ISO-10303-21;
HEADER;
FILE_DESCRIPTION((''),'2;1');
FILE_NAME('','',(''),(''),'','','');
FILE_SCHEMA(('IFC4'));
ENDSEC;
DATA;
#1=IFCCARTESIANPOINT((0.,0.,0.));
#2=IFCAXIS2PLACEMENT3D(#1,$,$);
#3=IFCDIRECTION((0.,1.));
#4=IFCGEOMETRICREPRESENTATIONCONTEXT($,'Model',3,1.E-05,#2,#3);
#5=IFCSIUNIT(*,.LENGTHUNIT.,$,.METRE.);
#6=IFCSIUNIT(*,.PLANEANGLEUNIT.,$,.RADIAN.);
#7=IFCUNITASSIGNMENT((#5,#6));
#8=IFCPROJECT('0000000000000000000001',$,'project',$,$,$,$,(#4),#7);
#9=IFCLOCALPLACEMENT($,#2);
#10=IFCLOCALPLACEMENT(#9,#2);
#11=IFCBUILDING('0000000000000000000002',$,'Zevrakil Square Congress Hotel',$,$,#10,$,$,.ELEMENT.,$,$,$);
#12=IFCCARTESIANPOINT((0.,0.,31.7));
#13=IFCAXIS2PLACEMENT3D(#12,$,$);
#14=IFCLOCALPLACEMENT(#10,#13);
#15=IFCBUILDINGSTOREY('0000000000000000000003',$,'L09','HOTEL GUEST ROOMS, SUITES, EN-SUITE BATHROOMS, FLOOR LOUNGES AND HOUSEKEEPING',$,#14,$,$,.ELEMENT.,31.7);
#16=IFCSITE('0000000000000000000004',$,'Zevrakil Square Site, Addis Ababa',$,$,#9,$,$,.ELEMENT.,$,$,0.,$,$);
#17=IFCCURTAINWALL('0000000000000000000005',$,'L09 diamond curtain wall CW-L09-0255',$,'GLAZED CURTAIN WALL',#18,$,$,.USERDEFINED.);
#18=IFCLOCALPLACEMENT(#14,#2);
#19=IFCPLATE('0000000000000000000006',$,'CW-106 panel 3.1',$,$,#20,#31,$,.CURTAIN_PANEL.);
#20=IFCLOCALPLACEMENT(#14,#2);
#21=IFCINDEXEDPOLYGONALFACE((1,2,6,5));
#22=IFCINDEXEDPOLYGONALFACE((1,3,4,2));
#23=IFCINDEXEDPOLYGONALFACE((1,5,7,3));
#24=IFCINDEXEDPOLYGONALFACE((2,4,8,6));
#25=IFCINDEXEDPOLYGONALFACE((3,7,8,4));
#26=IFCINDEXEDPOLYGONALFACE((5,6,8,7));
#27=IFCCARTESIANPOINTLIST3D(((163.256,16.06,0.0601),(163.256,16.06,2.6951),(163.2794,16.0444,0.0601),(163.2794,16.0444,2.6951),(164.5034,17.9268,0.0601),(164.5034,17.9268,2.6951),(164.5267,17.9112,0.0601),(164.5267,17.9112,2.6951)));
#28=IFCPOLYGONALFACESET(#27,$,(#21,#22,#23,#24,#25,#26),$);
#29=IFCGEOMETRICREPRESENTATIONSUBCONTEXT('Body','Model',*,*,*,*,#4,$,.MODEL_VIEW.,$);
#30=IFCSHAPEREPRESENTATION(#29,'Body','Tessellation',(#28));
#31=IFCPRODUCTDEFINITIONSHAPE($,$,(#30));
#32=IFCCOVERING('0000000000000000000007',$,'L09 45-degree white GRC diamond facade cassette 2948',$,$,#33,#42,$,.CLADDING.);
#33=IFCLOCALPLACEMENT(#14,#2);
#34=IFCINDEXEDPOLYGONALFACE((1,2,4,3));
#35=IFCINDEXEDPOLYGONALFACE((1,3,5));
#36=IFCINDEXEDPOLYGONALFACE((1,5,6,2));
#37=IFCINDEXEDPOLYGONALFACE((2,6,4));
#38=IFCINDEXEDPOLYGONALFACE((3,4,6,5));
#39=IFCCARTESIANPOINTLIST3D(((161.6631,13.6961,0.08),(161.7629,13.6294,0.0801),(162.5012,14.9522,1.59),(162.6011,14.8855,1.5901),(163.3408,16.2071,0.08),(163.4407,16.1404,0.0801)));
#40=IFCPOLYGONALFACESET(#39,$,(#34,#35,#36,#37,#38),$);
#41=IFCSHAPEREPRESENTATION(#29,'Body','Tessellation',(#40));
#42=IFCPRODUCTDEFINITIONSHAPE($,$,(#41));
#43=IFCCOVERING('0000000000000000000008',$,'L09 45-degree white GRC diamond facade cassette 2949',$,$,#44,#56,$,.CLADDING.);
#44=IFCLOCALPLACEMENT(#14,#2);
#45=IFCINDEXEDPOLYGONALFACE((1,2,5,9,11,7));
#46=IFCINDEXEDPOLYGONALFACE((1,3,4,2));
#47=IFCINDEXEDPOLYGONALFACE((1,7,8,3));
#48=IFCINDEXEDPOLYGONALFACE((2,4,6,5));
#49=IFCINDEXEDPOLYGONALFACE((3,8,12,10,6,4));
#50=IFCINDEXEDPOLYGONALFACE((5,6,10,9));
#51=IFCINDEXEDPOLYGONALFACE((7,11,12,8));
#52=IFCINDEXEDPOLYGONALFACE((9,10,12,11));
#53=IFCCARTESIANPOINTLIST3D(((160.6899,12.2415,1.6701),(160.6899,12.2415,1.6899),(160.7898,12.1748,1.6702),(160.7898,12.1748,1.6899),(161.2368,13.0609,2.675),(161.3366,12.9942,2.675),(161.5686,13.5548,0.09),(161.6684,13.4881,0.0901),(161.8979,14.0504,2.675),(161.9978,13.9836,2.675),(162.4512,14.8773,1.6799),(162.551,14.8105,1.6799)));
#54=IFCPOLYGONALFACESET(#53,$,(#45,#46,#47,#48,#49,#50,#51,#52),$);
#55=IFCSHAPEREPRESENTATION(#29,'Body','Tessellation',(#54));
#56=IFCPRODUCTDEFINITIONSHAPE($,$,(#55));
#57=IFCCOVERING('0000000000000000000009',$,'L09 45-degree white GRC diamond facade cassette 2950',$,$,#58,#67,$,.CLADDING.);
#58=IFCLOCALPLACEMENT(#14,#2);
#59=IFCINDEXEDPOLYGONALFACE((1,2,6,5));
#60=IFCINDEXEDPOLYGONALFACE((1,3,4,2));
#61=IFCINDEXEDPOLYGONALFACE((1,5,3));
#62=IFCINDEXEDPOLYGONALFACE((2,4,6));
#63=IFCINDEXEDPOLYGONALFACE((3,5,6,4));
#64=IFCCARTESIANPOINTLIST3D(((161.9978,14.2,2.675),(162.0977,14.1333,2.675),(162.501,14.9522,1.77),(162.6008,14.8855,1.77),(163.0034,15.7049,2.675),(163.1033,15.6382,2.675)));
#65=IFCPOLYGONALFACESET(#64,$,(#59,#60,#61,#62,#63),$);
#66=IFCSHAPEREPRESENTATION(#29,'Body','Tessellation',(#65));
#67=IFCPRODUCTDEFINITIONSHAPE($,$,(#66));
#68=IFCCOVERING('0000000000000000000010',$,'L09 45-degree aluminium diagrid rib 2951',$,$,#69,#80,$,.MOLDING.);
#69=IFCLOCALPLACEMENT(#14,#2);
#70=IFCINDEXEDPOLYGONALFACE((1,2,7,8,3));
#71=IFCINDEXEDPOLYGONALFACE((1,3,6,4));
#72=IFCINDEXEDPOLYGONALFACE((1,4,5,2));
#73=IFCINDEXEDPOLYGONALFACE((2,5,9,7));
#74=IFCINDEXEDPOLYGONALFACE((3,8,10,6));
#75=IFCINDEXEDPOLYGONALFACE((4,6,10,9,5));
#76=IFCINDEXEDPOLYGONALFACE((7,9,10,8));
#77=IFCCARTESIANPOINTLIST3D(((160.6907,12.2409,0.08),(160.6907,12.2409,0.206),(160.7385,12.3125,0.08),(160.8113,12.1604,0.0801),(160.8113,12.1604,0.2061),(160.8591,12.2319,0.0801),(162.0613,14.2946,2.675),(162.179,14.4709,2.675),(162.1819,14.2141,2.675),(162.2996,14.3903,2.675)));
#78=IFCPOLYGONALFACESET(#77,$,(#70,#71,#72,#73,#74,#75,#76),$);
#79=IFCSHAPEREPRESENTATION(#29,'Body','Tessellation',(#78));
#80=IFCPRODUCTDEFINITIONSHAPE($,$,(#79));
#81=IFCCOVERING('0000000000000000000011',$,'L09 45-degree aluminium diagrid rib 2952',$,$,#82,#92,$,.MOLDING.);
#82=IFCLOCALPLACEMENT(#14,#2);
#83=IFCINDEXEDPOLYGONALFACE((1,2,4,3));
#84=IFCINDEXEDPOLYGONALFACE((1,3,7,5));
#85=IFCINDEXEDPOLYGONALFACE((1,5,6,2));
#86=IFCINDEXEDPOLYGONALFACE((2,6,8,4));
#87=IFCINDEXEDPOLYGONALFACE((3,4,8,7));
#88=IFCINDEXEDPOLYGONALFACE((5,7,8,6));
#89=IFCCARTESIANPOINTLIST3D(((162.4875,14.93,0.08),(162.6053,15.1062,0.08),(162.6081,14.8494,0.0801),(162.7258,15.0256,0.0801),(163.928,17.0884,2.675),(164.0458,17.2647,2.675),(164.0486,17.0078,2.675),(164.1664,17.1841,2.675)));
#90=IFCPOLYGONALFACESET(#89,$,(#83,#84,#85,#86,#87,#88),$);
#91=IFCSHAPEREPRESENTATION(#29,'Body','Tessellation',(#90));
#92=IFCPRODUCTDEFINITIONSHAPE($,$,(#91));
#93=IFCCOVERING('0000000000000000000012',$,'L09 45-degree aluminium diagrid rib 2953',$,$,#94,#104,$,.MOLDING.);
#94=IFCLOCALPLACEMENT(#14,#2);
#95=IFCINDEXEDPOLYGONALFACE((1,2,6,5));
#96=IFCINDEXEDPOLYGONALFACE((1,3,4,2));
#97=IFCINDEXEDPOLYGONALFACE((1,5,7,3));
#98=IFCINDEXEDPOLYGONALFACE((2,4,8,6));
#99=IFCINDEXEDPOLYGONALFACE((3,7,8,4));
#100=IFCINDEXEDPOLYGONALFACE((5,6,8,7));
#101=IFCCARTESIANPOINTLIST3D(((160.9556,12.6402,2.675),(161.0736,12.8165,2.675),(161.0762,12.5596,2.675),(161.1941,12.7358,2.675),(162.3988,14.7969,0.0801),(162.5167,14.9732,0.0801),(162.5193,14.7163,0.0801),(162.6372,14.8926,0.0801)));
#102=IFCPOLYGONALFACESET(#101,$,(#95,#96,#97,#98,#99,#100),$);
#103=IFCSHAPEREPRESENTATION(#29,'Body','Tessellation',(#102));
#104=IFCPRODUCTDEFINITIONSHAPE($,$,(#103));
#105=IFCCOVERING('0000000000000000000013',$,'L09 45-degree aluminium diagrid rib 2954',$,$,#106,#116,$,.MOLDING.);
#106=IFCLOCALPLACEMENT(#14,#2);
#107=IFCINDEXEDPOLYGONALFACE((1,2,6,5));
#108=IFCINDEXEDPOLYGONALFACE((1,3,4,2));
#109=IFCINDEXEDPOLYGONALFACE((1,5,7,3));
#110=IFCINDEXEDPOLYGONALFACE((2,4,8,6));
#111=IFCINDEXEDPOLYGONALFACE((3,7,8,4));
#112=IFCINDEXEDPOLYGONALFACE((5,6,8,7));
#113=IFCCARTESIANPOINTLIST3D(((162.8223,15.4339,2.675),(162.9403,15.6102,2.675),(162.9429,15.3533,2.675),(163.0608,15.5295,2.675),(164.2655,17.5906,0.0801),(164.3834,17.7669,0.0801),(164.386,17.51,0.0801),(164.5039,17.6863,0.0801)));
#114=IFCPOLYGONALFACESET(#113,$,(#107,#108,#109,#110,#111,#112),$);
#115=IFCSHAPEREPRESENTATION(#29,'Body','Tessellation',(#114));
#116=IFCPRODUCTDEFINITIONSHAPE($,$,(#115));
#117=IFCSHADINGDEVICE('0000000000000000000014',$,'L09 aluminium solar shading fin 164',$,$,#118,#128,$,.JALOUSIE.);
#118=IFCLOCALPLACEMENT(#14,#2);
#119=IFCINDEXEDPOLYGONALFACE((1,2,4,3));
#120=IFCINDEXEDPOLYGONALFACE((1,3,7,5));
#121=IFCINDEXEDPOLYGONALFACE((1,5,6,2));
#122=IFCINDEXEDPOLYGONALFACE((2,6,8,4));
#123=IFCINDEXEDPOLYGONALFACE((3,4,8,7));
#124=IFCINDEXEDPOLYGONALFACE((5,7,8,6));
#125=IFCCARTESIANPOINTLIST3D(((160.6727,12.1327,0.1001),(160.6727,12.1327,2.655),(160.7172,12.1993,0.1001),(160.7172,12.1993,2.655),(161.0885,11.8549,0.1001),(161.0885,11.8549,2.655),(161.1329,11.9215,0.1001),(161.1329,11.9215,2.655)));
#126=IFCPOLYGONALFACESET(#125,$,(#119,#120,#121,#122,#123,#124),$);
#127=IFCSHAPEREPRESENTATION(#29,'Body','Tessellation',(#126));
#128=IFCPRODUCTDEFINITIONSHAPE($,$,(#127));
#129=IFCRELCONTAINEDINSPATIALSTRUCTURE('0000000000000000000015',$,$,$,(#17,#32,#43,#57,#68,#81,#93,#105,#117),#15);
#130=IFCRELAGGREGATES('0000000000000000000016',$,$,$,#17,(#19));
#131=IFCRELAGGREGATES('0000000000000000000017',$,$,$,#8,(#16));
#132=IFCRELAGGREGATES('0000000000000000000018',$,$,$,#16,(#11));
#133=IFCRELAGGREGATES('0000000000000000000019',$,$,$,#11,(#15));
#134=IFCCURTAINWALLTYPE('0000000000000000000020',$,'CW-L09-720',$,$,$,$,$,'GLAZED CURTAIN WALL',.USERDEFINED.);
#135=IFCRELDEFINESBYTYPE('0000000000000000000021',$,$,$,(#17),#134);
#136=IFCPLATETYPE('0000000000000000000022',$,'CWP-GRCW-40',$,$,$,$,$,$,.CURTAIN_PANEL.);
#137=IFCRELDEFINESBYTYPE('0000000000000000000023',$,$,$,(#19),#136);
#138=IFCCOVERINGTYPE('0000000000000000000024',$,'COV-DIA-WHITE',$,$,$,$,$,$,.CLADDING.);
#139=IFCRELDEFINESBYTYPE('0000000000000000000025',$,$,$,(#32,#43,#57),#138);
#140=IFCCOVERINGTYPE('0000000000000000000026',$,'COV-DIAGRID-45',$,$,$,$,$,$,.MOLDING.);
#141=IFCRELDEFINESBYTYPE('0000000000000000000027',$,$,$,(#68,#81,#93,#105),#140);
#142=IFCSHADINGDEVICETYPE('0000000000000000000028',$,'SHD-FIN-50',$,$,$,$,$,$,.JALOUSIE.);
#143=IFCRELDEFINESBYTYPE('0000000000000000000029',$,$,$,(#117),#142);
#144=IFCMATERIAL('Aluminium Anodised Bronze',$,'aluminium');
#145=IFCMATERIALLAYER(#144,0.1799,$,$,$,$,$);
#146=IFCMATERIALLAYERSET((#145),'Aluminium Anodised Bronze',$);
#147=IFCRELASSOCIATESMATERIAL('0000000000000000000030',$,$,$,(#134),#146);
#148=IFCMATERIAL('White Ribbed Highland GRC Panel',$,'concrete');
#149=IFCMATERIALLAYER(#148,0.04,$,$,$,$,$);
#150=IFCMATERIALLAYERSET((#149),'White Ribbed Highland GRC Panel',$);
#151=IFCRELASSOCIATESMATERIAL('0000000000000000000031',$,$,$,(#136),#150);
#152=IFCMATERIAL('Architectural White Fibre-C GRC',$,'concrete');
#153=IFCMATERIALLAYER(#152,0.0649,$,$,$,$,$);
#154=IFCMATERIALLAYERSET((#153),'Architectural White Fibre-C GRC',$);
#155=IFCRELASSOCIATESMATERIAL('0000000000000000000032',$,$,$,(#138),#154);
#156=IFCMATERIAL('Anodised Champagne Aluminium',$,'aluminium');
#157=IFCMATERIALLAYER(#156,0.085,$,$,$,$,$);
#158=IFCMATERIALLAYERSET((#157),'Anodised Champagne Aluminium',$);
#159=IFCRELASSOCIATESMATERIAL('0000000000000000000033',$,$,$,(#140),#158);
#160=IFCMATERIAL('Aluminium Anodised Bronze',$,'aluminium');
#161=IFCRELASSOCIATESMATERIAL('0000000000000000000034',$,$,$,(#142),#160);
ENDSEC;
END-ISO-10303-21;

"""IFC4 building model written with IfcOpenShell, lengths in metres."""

from ifc_helpers import new_model, si_unit, direction, frame, origin, origin_2d, place, context, subcontext, project, spatial, polyline, rectangle, outline, extrude, material, layer, layer_set, type_object, element, aggregate, save


model = new_model("IFC4")

# Units and contexts
model_context = context("Model", 3, precision=1e-05, world=origin(), true_north=direction((0.0, 1.0)))
body_context = subcontext(model_context, "Body", "Model", "MODEL_VIEW")
ifc_project = project(units=[si_unit("LENGTHUNIT", "METRE"), si_unit("PLANEANGLEUNIT", "RADIAN")], contexts=[model_context])

# Site, building, storey
site_placement = place(None, origin())
site = spatial("IfcSite", under=ifc_project, at=site_placement, Name="Zevrakil Square Site, Addis Ababa", CompositionType="ELEMENT", RefElevation=0.0)
building_placement = place(site_placement, origin())
building = spatial("IfcBuilding", under=site, at=building_placement, Name="Zevrakil Square Congress Hotel", CompositionType="ELEMENT")
storey_placement = place(building_placement, frame((0.0, 0.0, 31.7)))
storey = spatial("IfcBuildingStorey", under=building, at=storey_placement, Name="L09", Description="HOTEL GUEST ROOMS, SUITES, EN-SUITE BATHROOMS, FLOOR LOUNGES AND HOUSEKEEPING", CompositionType="ELEMENT", Elevation=31.7)

# Curtain wall
ifc_material_1 = material(Name="Aluminium Anodised Bronze", Category="aluminium")
ifc_layer_1 = layer(ifc_material_1, 0.1799)
ifc_layer_set_1 = layer_set([ifc_layer_1], Name="Aluminium Anodised Bronze")
curtain_wall_type = type_object("IfcCurtainWallType", Name="CW-L09-720", ElementType="GLAZED CURTAIN WALL", PredefinedType="USERDEFINED", material=ifc_layer_set_1)
curtain_wall_1_placement = place(storey_placement, origin())
curtain_wall_1 = element("IfcCurtainWall", 1, at=curtain_wall_1_placement, inside=storey, type_object=curtain_wall_type, Name="L09 diamond curtain wall CW-L09-0255", ObjectType="GLAZED CURTAIN WALL", PredefinedType="USERDEFINED")

# Plate
ifc_material_2 = material(Name="White Ribbed Highland GRC Panel", Category="concrete")
ifc_layer_2 = layer(ifc_material_2, 0.04)
ifc_layer_set_2 = layer_set([ifc_layer_2], Name="White Ribbed Highland GRC Panel")
plate_type_1 = type_object("IfcPlateType", Name="CWP-GRCW-40", PredefinedType="CURTAIN_PANEL", material=ifc_layer_set_2)
plate_1_placement = place(storey_placement, frame((163.8914, 16.9856, 0.0601), z_axis=(0.0, 0.0, 1.0), x_axis=(0.555576, 0.831466, 0.0)))
plate_1 = element("IfcPlate", 2, at=plate_1_placement, type_object=plate_type_1, Name="CW-106 panel 3.1", PredefinedType="CURTAIN_PANEL", context=body_context, shape_type="SweptSolid", body=[
    extrude(rectangle(XDim=2.2451, YDim=0.0281, at=origin_2d()), origin(), (0.0, 0.0, 1.0), 2.635),
])
aggregate(curtain_wall_1, [plate_1])

# Coverings
ifc_material_3 = material(Name="Architectural White Fibre-C GRC", Category="concrete")
ifc_layer_3 = layer(ifc_material_3, 0.0649)
ifc_layer_set_3 = layer_set([ifc_layer_3], Name="Architectural White Fibre-C GRC")
covering_type_1 = type_object("IfcCoveringType", Name="COV-DIA-WHITE", PredefinedType="CLADDING", material=ifc_layer_set_3)
covering_1_placement = place(storey_placement, frame((162.6011, 14.8855, 1.5901), z_axis=(0.831478, -0.555558, 0.000628), x_axis=(0.393188, 0.587666, -0.707143)))
element("IfcCovering", 3, at=covering_1_placement, inside=storey, type_object=covering_type_1, Name="L09 45-degree white GRC diamond facade cassette 2948", PredefinedType="CLADDING", context=body_context, shape_type="SweptSolid", body=[
    extrude(outline(polyline([(0.0, 0.0), (2.1354, 0.0), (0.0001, -2.1355), (0.0, 0.0)])), origin(), (0.0, 0.0, -1.0), 0.1201),
])
covering_2_placement = place(storey_placement, frame((162.551, 14.8105, 1.6799), z_axis=(0.83146, -0.555584, 0.00057), x_axis=(-0.392536, -0.588176, -0.707082)))
element("IfcCovering", 4, at=covering_2_placement, inside=storey, type_object=covering_type_1, Name="L09 45-degree white GRC diamond facade cassette 2949", PredefinedType="CLADDING", context=body_context, shape_type="SweptSolid", body=[
    extrude(outline(polyline([(0.0, 0.0), (2.2485, 0.0), (2.2485, -2.2346), (2.2345, -2.2485), (0.8414, -2.2486), (-0.0001, -1.4072), (0.0, 0.0)])), origin(), (0.0, 0.0, -1.0), 0.1201),
])
covering_3_placement = place(storey_placement, frame((162.6008, 14.8855, 1.77), z_axis=(0.831448, -0.555603, 0.000486), x_axis=(-0.393145, -0.587715, 0.707127)))
element("IfcCovering", 5, at=covering_3_placement, inside=storey, type_object=covering_type_1, Name="L09 45-degree white GRC diamond facade cassette 2950", PredefinedType="CLADDING", context=body_context, shape_type="SweptSolid", body=[
    extrude(outline(polyline([(0.0, 0.0), (1.2799, 0.0), (0.0001, -1.2799), (0.0, 0.0)])), origin(), (0.0, 0.0, -1.0), 0.1201),
])
ifc_material_4 = material(Name="Anodised Champagne Aluminium", Category="aluminium")
ifc_layer_4 = layer(ifc_material_4, 0.085)
ifc_layer_set_4 = layer_set([ifc_layer_4], Name="Anodised Champagne Aluminium")
covering_type_2 = type_object("IfcCoveringType", Name="COV-DIAGRID-45", PredefinedType="MOLDING", material=ifc_layer_set_4)
covering_4_placement = place(storey_placement, frame((160.8591, 12.2319, 0.0801), z_axis=(0.831612, -0.555357, 0.000297), x_axis=(-0.555357, -0.831612, 0.0)))
element("IfcCovering", 6, at=covering_4_placement, inside=storey, type_object=covering_type_2, Name="L09 45-degree aluminium diagrid rib 2951", PredefinedType="MOLDING", context=body_context, shape_type="SweptSolid", body=[
    extrude(outline(polyline([(0.0, 0.0), (0.0861, 0.0), (0.0861, -0.126), (-2.383, -2.595), (-2.5949, -2.595), (0.0, 0.0)])), origin(), (0.0, 0.0, -1.0), 0.145),
])
covering_5_placement = place(storey_placement, frame((162.7258, 15.0256, 0.0801), z_axis=(0.83143, -0.55563, 0.000609), x_axis=(-0.55563, -0.83143, 0.0)))
element("IfcCovering", 7, at=covering_5_placement, inside=storey, type_object=covering_type_2, Name="L09 45-degree aluminium diagrid rib 2952", PredefinedType="MOLDING", context=body_context, shape_type="SweptSolid", body=[
    extrude(outline(polyline([(0.0, 0.0), (0.2119, 0.0), (-2.383, -2.595), (-2.5951, -2.595), (0.0, 0.0)])), origin(), (0.0, 0.0, -1.0), 0.145),
])
for number, where, z_axis, x_axis, name in (
    (8, (161.0762, 12.5596, 2.675), (0.831164, -0.556028, 0.0001), (0.556028, 0.831164, 0.0), "L09 45-degree aluminium diagrid rib 2953"),
    (9, (162.9429, 15.3533, 2.675), (0.831164, -0.556028, 0.0001), (0.556028, 0.831164, 0.0), "L09 45-degree aluminium diagrid rib 2954"),
):
    element("IfcCovering", number, at=place(storey_placement, frame(where, z_axis=z_axis, x_axis=x_axis)), inside=storey, type_object=covering_type_2, Name=name, PredefinedType="MOLDING", context=body_context, shape_type="SweptSolid", body=[
        extrude(outline(polyline([(0.0, 0.0), (0.2121, 0.0), (2.8071, -2.595), (2.595, -2.595), (0.0, 0.0)])), origin(), (0.0, 0.0, -1.0), 0.145),
    ])

# Shading device
ifc_material_5 = material(Name="Aluminium Anodised Bronze", Category="aluminium")
shading_device_type = type_object("IfcShadingDeviceType", Name="SHD-FIN-50", PredefinedType="JALOUSIE", material=ifc_material_5)
shading_device_placement = place(storey_placement, frame((160.9028, 12.0271, 0.1001), z_axis=(0.0, 0.0, 1.0), x_axis=(0.83147, -0.55557, 0.0)))
element("IfcShadingDevice", 10, at=shading_device_placement, inside=storey, type_object=shading_device_type, Name="L09 aluminium solar shading fin 164", PredefinedType="JALOUSIE", context=body_context, shape_type="SweptSolid", body=[
    extrude(rectangle(XDim=0.5, YDim=0.0801, at=origin_2d()), origin(), (0.0, 0.0, 1.0), 2.5549),
])

save(model, "model.ifc")
